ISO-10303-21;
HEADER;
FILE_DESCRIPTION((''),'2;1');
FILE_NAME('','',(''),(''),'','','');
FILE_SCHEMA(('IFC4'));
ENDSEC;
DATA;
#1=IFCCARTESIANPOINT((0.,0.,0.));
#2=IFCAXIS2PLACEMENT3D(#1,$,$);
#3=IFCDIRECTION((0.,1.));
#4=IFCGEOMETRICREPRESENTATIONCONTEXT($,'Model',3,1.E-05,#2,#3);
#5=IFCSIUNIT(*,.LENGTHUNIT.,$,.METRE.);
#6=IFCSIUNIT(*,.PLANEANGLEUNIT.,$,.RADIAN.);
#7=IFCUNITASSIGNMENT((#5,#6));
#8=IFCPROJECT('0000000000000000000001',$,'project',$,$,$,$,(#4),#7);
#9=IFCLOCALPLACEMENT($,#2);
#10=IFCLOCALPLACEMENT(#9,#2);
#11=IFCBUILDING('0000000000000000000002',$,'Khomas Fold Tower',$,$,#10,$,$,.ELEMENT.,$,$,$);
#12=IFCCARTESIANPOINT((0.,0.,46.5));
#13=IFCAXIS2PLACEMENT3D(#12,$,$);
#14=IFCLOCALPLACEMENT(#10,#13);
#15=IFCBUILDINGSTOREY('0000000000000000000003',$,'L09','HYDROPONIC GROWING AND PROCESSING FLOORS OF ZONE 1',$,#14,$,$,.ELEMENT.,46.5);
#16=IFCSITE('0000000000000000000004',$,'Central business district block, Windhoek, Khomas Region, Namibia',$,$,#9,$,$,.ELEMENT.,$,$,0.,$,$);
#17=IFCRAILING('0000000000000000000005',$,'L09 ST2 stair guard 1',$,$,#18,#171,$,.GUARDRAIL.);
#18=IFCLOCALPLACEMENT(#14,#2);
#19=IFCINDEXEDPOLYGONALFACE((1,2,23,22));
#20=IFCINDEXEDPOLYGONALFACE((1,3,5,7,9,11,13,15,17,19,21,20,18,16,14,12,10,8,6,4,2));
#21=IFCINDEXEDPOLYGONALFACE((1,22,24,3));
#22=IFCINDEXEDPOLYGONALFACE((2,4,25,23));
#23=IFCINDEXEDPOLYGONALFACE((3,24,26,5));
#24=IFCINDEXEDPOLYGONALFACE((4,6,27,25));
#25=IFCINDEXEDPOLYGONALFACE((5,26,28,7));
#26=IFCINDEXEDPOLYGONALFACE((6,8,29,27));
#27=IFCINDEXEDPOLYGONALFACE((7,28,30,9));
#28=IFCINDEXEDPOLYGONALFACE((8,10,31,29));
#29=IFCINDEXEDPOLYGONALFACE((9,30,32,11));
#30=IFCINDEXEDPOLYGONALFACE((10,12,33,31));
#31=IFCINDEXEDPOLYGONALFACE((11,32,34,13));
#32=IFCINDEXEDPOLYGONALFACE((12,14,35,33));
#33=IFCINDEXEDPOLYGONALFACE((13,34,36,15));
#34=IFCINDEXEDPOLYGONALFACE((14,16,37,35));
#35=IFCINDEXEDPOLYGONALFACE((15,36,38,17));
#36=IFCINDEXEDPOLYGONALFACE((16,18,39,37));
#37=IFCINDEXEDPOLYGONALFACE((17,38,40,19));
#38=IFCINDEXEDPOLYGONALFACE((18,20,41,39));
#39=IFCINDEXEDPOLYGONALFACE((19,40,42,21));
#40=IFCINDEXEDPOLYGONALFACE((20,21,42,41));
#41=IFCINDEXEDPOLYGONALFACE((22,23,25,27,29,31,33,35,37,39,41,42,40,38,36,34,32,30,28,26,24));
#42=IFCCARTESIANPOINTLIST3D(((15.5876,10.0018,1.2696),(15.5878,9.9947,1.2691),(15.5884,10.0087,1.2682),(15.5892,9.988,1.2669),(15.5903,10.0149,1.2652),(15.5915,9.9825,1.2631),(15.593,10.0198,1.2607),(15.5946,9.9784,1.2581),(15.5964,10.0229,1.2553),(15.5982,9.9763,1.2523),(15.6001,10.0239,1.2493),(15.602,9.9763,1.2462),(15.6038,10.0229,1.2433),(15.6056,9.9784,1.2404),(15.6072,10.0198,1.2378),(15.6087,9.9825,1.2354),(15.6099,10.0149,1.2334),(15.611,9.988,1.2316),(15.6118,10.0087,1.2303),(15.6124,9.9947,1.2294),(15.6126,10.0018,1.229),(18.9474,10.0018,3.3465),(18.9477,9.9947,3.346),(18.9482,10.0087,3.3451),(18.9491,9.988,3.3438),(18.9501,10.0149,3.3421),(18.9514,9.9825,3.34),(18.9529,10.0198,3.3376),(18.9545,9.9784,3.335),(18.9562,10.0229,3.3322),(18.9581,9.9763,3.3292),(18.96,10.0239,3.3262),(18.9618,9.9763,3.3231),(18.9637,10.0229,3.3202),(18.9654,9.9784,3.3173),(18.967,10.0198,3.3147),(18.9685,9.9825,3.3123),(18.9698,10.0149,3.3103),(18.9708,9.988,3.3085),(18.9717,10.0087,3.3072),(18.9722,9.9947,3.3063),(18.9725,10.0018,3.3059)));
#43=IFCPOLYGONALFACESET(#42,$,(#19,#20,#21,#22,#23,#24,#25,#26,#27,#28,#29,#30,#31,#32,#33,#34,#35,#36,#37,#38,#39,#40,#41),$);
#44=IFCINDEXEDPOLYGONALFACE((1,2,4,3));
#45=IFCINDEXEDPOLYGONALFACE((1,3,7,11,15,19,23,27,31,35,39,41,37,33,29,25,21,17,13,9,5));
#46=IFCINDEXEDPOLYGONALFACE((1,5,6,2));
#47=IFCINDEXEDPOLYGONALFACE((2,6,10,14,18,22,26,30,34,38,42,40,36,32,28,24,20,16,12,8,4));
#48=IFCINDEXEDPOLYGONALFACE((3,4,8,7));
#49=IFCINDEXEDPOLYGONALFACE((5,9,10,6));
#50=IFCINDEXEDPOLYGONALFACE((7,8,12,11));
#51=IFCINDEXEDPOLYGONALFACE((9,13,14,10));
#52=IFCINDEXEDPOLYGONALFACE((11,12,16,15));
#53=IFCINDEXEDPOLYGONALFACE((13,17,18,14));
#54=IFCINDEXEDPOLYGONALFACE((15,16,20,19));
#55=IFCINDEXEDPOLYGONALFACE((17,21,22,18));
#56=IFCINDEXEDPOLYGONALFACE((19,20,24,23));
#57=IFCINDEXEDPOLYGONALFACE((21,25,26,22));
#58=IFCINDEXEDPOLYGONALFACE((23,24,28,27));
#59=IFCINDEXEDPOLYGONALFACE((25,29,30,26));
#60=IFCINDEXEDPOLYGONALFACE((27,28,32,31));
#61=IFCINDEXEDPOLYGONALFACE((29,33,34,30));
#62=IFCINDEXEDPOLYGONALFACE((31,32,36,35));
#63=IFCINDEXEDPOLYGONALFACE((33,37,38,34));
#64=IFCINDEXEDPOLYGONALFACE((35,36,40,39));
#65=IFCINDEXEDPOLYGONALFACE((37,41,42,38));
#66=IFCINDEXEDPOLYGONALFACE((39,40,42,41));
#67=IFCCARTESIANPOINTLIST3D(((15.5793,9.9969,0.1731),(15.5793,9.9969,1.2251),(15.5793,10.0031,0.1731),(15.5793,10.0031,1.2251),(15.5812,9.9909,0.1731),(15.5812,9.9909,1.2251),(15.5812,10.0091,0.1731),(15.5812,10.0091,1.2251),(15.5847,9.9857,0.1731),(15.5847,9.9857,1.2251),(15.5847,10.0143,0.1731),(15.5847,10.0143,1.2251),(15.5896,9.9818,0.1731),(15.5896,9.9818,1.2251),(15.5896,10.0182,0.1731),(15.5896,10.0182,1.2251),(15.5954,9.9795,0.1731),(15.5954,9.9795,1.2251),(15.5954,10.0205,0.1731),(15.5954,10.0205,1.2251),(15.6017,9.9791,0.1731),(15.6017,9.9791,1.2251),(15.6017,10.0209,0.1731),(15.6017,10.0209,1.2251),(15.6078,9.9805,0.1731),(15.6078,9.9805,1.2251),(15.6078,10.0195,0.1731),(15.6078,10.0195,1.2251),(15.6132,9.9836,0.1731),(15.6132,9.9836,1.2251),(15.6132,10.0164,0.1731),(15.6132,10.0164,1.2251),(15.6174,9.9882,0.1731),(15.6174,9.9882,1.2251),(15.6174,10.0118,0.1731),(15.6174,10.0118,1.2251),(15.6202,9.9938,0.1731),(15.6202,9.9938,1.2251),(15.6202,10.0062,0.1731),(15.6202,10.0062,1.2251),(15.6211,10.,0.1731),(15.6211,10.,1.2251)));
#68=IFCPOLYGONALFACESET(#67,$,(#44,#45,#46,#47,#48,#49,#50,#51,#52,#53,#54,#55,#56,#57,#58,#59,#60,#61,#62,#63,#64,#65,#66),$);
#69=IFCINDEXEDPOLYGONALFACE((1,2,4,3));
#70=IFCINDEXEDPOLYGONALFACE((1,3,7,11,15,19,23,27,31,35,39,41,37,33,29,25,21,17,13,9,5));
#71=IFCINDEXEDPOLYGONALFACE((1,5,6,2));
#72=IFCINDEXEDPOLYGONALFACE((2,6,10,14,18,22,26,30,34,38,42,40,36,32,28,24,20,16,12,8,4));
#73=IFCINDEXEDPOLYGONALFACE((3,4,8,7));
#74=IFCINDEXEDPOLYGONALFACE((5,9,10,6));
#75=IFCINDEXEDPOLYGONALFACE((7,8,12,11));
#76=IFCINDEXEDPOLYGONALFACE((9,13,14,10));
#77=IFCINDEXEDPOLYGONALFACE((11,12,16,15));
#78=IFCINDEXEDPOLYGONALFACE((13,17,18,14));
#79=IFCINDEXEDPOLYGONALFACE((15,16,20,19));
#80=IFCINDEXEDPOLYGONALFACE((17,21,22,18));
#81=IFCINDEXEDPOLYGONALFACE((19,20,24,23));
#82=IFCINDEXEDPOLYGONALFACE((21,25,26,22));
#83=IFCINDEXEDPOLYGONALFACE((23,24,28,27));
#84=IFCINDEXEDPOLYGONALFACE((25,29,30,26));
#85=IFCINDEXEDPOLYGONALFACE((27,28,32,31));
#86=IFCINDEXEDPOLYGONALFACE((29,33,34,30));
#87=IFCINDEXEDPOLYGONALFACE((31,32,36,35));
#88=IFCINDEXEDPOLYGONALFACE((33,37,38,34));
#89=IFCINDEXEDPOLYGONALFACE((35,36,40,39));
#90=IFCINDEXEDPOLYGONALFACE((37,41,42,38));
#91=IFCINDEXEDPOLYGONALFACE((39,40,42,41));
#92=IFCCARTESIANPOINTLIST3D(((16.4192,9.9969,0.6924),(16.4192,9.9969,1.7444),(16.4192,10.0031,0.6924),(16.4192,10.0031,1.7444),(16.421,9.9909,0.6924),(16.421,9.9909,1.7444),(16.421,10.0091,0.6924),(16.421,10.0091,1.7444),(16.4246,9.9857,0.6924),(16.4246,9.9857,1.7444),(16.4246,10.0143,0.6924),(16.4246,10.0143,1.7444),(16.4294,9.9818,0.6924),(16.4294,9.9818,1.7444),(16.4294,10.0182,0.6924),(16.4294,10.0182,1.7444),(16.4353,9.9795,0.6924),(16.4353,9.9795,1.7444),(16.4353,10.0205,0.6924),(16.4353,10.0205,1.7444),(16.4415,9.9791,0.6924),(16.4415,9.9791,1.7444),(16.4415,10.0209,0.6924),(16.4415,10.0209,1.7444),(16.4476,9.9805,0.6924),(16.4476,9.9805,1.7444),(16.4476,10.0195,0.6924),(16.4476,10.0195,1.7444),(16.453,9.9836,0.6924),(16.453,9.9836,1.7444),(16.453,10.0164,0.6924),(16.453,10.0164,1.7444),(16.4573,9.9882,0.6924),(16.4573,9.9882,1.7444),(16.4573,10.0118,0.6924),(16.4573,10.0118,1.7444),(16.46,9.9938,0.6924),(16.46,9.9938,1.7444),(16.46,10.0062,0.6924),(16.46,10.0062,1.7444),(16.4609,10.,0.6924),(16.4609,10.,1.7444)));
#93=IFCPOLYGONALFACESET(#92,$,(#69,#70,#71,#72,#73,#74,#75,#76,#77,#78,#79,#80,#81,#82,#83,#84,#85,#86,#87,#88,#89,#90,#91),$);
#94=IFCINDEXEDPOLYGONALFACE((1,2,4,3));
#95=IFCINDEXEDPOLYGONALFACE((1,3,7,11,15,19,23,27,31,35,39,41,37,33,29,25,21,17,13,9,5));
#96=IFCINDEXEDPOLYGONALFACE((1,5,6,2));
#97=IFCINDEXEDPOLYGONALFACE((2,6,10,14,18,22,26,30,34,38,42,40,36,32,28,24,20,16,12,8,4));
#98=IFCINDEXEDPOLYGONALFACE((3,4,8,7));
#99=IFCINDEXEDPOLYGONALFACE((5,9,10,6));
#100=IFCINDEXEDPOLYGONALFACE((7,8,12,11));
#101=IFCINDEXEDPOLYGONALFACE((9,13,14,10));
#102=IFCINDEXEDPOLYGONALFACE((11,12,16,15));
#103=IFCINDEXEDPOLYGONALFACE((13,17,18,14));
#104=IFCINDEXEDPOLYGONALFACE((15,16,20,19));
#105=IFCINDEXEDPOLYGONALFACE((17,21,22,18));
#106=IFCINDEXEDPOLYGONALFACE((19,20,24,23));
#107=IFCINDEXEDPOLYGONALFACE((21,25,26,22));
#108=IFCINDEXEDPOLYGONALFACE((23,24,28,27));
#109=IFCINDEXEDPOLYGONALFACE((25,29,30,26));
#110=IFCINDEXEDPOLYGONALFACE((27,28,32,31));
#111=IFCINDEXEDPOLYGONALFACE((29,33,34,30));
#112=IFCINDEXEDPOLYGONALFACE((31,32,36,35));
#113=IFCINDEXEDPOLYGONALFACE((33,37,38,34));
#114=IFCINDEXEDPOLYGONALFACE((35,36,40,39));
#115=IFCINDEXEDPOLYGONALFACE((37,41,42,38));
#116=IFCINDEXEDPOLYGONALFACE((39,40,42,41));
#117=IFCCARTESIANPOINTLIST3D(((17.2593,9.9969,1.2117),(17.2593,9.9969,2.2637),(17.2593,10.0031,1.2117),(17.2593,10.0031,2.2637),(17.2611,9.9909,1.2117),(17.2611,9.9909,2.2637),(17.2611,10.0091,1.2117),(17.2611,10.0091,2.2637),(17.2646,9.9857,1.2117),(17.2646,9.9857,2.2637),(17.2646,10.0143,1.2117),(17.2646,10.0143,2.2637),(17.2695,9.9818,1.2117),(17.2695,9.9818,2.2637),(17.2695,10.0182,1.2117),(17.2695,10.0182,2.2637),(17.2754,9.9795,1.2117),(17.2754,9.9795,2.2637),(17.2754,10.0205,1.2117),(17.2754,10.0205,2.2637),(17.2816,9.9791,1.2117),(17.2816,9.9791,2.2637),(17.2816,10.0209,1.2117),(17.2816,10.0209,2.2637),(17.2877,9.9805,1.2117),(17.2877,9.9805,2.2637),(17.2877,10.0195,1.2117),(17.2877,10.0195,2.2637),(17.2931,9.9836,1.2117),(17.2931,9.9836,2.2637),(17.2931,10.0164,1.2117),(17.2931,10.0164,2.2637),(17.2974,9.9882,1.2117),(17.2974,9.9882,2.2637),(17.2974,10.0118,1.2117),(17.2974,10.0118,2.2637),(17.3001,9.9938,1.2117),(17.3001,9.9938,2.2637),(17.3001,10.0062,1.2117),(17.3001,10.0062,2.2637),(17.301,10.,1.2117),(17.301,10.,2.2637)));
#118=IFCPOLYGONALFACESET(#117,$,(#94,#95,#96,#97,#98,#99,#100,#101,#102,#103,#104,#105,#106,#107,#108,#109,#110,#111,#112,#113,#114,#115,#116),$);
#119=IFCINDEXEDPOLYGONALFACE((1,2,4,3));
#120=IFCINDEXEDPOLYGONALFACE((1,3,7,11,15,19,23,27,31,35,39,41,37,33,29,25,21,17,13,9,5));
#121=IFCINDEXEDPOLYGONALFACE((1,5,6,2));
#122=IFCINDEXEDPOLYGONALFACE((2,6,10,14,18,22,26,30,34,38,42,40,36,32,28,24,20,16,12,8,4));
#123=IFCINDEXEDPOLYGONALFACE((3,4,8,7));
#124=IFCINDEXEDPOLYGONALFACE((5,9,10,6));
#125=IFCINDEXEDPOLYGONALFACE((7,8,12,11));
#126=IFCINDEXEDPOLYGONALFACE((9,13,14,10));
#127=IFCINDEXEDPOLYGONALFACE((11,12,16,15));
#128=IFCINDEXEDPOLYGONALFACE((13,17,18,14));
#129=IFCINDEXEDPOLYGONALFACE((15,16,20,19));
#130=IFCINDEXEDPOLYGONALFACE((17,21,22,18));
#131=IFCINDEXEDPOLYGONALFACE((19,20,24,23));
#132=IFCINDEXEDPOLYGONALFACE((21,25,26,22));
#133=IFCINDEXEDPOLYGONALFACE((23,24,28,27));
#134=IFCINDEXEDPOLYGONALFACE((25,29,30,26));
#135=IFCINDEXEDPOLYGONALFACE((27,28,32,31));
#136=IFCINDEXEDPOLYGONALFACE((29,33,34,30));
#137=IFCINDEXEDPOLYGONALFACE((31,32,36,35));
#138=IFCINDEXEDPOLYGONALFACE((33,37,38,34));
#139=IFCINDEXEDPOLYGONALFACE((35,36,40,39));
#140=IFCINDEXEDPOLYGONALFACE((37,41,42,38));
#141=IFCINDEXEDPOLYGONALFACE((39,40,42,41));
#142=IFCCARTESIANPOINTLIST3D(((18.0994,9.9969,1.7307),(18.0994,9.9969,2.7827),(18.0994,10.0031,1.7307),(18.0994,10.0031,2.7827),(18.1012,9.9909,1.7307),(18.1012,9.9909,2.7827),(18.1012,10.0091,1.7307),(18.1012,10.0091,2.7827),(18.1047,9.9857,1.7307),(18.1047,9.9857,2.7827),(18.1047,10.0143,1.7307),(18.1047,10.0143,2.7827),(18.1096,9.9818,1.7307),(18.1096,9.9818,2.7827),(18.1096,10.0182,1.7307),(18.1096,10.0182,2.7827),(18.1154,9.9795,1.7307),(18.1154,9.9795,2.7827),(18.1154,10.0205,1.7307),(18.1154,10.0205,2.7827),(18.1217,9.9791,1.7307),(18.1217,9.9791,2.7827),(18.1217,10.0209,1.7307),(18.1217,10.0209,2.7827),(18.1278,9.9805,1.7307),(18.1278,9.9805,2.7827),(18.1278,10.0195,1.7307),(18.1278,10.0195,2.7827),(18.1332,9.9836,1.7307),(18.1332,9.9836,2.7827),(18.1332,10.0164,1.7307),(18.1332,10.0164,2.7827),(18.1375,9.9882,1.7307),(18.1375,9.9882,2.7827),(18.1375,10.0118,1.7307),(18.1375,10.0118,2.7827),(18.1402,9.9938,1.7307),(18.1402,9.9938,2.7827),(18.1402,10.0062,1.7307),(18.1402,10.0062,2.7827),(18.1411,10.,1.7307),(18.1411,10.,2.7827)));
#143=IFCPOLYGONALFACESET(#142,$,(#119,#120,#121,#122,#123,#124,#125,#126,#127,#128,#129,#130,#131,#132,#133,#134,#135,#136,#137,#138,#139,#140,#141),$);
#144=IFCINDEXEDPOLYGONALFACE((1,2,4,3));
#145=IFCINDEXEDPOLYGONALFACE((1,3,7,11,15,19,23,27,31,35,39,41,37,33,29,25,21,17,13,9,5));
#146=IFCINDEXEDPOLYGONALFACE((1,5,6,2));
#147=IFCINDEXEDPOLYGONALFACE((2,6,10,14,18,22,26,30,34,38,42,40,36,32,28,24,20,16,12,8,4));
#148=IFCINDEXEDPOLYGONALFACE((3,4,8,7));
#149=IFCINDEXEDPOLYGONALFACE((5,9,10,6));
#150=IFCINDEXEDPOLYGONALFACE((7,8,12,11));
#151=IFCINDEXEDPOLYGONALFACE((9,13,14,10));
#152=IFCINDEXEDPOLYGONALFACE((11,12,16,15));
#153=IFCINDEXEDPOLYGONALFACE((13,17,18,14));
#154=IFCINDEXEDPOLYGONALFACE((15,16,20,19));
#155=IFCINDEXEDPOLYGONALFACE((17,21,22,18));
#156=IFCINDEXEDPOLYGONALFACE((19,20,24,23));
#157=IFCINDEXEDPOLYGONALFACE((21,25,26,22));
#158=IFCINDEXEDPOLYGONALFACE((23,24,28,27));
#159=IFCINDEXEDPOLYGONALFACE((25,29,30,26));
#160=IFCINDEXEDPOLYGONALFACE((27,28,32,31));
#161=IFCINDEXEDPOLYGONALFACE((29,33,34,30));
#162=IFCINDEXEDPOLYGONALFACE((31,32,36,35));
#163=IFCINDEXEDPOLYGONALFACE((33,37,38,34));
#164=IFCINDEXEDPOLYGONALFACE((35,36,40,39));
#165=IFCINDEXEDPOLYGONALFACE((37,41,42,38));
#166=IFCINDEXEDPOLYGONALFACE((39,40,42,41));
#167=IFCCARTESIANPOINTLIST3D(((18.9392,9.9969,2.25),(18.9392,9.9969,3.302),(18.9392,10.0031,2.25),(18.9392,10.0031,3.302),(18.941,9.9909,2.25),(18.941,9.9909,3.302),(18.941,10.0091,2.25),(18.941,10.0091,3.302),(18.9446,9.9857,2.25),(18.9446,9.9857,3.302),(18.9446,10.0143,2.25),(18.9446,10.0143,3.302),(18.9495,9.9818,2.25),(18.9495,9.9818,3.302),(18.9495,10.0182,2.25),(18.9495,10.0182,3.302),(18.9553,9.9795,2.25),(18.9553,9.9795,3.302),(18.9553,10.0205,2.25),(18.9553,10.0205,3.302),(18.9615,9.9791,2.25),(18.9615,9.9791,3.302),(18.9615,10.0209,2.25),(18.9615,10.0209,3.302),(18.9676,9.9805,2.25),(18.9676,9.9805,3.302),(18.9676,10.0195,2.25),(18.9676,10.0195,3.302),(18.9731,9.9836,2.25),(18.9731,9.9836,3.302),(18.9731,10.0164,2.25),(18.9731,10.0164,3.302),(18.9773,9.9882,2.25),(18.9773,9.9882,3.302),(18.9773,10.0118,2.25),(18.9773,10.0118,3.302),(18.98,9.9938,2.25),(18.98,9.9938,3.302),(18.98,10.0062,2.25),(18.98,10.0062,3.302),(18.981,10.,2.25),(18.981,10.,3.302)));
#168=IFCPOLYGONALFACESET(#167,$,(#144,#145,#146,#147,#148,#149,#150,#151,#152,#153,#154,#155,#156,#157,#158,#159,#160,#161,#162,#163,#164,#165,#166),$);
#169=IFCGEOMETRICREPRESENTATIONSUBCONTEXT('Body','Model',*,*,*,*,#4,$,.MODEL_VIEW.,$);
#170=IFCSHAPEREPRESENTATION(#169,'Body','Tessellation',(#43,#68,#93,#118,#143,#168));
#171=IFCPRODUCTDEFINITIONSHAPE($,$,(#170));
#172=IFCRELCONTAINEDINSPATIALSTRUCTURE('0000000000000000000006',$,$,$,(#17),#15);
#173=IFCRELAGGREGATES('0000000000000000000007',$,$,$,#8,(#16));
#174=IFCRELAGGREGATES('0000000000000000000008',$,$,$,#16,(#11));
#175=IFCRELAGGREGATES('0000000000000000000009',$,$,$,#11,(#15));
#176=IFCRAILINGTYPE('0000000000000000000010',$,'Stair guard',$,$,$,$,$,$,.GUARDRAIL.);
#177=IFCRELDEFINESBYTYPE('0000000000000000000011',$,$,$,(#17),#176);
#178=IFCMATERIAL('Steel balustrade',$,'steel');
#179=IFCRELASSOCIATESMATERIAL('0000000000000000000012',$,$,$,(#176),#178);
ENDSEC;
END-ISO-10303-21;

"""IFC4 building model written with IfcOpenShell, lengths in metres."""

from ifc_helpers import new_model, si_unit, direction, frame, origin, origin_2d, place, context, subcontext, project, spatial, circle, extrude, source, transform, mapped, material, type_object, element, save


model = new_model("IFC4")

# Units and contexts
model_context = context("Model", 3, precision=1e-05, world=origin(), true_north=direction((0.0, 1.0)))
body_context = subcontext(model_context, "Body", "Model", "MODEL_VIEW")
ifc_project = project(units=[si_unit("LENGTHUNIT", "METRE"), si_unit("PLANEANGLEUNIT", "RADIAN")], contexts=[model_context])

# Site, building, storey
site_placement = place(None, origin())
site = spatial("IfcSite", under=ifc_project, at=site_placement, Name="Central business district block, Windhoek, Khomas Region, Namibia", CompositionType="ELEMENT", RefElevation=0.0)
building_placement = place(site_placement, origin())
building = spatial("IfcBuilding", under=site, at=building_placement, Name="Khomas Fold Tower", CompositionType="ELEMENT")
storey_placement = place(building_placement, frame((0.0, 0.0, 46.5)))
storey = spatial("IfcBuildingStorey", under=building, at=storey_placement, Name="L09", Description="HYDROPONIC GROWING AND PROCESSING FLOORS OF ZONE 1", CompositionType="ELEMENT", Elevation=46.5)

# Railing
ifc_material_1 = material(Name="Steel balustrade", Category="steel")
railing_type_1 = type_object("IfcRailingType", Name="Stair guard", PredefinedType="GUARDRAIL", material=ifc_material_1)
shared_shape_1 = source(origin(), body_context, "Body", "SweptSolid", [
    extrude(circle(Radius=0.0239, at=origin_2d()), frame((0.0, 0.0, 1.0762), z_axis=(0.850606, 0.0, 0.525803), x_axis=(0.0, 1.0, 0.0)), (0.0, 0.0, 1.0), 3.95),
    extrude(circle(Radius=0.021, at=origin_2d()), origin(), (0.0, 0.0, 1.0), 1.052),
    extrude(circle(Radius=0.021, at=origin_2d()), frame((0.8398, 0.0, 0.5193)), (0.0, 0.0, 1.0), 1.052),
    extrude(circle(Radius=0.021, at=origin_2d()), frame((1.6799, 0.0, 1.0386)), (0.0, 0.0, 1.0), 1.052),
    extrude(circle(Radius=0.021, at=origin_2d()), frame((2.52, 0.0, 1.5576)), (0.0, 0.0, 1.0), 1.052),
    extrude(circle(Radius=0.021, at=origin_2d()), frame((3.3599, 0.0, 2.0769)), (0.0, 0.0, 1.0), 1.052),
])
railing_1_placement = place(storey_placement, frame((15.6001, 10.0, 0.1731)))
element("IfcRailing", 1, at=railing_1_placement, inside=storey, type_object=railing_type_1, Name="L09 ST2 stair guard 1", PredefinedType="GUARDRAIL", context=body_context, shape_type="MappedRepresentation", body=[
    mapped(shared_shape_1, transform((0.0, 0.0, 0.0))),
])

save(model, "model.ifc")
